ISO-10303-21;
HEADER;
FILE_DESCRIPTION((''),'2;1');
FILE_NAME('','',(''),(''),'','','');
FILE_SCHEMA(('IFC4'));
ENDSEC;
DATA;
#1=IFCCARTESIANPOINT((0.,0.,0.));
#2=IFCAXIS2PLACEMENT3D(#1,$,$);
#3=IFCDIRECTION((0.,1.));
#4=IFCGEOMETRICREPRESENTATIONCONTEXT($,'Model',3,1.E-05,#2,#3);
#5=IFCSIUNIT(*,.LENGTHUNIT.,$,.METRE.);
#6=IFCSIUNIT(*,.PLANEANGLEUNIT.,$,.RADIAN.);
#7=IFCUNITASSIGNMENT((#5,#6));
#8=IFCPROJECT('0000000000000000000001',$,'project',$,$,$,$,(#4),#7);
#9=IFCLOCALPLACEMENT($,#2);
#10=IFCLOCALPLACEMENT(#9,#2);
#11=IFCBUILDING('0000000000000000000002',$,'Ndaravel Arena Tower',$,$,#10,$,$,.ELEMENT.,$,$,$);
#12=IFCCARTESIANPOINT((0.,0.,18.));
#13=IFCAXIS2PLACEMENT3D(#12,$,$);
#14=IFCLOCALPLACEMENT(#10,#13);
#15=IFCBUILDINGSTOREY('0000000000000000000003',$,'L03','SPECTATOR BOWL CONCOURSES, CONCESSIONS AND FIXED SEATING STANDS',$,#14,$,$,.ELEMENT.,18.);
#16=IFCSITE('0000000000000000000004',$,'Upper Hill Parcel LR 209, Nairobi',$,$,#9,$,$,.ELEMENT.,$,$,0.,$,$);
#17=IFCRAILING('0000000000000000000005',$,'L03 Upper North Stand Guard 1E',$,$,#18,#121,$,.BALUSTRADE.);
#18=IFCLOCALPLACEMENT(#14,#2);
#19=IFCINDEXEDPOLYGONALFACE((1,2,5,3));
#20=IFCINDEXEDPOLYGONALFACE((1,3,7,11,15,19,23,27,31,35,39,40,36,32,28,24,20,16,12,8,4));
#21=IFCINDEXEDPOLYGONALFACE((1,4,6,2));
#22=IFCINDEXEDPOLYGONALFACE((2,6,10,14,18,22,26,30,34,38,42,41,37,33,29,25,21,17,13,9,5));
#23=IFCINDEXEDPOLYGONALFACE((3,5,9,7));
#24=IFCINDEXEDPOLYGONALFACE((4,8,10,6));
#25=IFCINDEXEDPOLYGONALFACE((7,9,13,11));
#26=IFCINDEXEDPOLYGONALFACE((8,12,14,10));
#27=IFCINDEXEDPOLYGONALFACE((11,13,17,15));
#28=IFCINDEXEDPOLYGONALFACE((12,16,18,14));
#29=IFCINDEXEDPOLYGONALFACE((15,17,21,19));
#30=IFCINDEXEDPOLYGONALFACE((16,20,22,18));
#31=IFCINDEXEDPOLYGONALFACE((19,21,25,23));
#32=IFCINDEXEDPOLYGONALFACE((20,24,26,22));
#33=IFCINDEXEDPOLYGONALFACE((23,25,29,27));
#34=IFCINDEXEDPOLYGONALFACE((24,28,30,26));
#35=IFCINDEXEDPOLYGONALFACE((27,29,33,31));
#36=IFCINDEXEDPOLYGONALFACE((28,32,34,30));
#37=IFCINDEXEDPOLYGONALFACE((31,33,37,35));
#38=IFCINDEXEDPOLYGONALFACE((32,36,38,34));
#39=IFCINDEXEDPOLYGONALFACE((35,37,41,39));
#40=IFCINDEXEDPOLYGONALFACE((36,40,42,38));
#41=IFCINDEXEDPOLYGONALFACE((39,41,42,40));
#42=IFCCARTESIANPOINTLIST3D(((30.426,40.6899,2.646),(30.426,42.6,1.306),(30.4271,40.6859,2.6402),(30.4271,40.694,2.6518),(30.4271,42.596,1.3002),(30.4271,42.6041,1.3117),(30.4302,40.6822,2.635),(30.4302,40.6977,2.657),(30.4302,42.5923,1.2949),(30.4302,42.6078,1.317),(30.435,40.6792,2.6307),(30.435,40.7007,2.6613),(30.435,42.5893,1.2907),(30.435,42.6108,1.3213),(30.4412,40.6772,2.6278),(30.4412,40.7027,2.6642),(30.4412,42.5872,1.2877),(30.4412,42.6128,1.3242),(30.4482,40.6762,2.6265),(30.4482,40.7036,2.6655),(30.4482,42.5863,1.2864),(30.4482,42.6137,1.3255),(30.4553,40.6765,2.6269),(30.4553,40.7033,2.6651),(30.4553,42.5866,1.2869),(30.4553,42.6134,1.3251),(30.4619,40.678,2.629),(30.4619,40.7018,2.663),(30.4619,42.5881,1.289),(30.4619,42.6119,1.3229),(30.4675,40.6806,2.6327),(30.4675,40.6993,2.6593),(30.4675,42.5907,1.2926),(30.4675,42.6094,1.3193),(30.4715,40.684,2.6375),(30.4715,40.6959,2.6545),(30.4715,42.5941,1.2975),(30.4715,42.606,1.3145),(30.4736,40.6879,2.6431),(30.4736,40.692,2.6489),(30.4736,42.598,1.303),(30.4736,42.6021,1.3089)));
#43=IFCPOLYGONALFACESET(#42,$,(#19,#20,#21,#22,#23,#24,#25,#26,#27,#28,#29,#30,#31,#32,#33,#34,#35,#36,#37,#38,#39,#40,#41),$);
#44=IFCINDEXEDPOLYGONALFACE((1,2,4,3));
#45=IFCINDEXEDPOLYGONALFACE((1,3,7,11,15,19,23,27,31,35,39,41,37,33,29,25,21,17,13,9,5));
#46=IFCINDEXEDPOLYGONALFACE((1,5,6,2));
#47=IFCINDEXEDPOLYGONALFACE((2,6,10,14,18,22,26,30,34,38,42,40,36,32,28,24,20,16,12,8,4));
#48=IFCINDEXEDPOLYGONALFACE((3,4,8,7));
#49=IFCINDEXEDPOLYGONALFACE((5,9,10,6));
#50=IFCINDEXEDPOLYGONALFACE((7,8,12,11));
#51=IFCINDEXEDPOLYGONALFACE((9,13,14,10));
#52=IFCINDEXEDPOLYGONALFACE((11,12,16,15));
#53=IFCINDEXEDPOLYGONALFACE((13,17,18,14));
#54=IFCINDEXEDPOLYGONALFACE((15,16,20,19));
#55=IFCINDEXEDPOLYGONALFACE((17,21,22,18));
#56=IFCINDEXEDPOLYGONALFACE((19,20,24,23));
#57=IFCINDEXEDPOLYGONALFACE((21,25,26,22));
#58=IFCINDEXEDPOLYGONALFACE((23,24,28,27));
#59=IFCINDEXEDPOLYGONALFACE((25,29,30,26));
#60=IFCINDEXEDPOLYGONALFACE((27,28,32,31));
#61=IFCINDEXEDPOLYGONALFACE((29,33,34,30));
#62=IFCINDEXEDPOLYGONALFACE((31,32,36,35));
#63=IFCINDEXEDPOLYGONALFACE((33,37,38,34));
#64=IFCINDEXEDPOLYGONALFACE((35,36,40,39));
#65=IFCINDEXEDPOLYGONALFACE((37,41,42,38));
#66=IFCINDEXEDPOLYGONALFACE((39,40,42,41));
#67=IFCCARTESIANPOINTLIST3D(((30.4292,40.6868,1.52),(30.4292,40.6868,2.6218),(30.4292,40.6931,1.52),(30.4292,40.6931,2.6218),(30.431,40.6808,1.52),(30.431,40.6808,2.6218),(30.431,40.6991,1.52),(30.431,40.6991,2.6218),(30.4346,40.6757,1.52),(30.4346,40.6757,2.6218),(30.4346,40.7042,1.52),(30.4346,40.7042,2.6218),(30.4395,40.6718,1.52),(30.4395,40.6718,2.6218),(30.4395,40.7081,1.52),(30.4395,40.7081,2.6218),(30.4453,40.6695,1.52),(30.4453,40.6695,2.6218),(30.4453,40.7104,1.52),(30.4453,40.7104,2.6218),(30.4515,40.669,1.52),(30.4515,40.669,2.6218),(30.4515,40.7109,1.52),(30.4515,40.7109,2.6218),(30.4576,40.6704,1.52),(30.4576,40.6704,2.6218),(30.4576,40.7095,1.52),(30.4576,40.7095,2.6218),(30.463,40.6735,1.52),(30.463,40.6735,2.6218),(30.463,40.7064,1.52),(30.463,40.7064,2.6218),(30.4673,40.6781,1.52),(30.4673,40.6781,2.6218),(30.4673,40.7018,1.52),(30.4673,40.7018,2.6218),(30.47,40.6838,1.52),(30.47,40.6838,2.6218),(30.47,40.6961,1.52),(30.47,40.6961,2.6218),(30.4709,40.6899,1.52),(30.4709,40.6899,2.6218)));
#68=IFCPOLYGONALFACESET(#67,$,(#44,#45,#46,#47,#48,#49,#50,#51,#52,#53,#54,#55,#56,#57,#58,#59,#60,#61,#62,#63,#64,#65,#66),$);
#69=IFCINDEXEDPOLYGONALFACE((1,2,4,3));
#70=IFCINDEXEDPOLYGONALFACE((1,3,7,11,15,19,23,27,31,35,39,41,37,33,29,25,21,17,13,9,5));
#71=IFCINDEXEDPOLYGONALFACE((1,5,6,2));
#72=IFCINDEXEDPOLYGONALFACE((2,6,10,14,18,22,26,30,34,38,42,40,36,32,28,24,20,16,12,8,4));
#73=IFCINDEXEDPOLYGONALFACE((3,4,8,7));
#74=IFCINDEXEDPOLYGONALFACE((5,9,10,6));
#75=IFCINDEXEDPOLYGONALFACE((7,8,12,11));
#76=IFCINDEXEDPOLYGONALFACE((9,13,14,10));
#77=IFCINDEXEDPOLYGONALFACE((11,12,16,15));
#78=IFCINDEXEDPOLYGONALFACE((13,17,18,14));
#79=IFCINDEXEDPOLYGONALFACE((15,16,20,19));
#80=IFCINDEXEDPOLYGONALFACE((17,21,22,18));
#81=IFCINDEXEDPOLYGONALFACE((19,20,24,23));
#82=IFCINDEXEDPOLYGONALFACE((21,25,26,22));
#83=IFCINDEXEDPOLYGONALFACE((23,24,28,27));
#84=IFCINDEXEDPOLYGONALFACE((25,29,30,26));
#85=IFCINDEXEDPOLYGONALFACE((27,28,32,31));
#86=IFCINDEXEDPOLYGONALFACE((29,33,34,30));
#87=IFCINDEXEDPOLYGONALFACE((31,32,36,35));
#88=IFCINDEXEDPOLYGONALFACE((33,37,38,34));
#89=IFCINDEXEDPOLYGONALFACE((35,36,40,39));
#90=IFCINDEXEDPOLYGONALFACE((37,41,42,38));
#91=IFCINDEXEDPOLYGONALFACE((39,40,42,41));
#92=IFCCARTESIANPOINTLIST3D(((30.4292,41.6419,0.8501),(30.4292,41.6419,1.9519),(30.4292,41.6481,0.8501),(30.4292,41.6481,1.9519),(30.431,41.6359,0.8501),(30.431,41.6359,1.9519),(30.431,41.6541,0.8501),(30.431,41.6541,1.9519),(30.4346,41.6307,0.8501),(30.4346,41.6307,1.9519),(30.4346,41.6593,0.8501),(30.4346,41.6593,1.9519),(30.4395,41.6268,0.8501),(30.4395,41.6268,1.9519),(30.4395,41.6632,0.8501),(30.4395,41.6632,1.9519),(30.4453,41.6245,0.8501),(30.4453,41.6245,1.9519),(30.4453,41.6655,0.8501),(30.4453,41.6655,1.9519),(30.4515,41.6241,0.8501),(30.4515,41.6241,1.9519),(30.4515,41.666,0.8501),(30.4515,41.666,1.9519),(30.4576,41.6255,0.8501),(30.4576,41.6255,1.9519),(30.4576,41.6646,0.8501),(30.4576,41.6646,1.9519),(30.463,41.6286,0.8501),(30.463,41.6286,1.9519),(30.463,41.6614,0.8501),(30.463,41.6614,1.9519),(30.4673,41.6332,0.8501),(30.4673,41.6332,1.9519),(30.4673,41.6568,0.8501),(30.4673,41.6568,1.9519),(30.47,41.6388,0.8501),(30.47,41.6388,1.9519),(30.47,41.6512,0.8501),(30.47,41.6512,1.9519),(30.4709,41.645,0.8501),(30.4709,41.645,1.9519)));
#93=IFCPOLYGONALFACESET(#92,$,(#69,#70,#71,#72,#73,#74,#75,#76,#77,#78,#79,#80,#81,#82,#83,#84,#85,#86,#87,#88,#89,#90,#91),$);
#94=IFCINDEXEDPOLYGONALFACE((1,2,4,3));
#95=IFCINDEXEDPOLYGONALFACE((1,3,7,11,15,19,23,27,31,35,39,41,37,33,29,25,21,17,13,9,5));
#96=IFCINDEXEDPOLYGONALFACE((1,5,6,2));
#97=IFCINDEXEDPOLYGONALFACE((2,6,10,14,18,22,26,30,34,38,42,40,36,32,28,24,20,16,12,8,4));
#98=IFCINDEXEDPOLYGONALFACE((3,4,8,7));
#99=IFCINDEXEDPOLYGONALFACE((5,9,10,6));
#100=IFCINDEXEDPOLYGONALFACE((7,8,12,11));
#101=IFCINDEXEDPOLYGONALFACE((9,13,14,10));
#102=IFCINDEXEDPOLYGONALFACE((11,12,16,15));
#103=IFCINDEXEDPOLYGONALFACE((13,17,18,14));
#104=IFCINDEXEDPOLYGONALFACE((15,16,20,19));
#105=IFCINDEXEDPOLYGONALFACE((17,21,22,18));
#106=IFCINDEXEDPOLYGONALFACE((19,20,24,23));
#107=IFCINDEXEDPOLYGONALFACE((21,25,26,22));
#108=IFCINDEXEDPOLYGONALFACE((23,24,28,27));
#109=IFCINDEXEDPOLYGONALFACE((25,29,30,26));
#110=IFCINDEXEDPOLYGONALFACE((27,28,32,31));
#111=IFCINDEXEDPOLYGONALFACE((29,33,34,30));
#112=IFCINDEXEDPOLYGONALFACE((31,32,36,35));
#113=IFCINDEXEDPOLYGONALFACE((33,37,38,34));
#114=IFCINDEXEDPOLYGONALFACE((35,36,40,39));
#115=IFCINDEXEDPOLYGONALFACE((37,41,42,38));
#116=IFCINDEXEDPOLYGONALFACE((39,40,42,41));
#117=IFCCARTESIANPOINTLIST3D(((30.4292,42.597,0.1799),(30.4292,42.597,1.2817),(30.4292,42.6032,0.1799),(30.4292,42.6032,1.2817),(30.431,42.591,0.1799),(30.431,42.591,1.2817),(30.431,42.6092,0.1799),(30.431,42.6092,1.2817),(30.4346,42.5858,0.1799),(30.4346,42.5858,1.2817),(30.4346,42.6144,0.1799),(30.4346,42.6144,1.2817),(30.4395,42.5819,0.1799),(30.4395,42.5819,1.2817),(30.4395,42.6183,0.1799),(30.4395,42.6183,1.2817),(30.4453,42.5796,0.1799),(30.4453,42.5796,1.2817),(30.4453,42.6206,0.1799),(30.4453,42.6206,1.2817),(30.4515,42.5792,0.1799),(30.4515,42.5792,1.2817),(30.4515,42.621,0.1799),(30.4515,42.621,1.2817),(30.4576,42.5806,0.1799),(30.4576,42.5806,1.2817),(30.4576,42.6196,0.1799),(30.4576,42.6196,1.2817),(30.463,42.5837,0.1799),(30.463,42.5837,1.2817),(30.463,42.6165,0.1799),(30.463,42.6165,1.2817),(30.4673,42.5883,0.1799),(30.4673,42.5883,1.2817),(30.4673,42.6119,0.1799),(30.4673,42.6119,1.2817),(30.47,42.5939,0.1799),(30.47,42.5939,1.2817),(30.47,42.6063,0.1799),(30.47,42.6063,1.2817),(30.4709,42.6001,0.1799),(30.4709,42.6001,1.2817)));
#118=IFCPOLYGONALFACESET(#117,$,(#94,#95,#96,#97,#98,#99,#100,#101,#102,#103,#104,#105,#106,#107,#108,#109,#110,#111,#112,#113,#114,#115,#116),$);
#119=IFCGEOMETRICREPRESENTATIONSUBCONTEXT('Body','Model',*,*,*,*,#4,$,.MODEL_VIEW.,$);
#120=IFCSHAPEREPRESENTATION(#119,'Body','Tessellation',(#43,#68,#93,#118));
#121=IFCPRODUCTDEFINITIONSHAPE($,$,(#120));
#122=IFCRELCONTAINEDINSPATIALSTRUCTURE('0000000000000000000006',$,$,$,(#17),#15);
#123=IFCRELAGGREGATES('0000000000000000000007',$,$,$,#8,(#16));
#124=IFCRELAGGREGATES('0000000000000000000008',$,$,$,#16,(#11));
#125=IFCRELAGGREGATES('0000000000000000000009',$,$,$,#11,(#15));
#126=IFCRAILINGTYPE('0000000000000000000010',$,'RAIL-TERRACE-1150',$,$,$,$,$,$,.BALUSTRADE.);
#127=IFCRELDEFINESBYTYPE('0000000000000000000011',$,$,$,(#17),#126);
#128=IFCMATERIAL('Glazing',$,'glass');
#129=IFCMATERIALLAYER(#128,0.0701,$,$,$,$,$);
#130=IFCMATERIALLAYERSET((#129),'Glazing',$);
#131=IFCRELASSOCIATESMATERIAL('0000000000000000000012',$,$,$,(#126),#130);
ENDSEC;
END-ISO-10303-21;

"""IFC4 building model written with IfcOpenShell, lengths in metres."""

from ifc_helpers import new_model, si_unit, direction, frame, origin, origin_2d, place, context, subcontext, project, spatial, circle, extrude, material, layer, layer_set, type_object, element, save


model = new_model("IFC4")

# Units and contexts
model_context = context("Model", 3, precision=1e-05, world=origin(), true_north=direction((0.0, 1.0)))
body_context = subcontext(model_context, "Body", "Model", "MODEL_VIEW")
ifc_project = project(units=[si_unit("LENGTHUNIT", "METRE"), si_unit("PLANEANGLEUNIT", "RADIAN")], contexts=[model_context])

# Site, building, storey
site_placement = place(None, origin())
site = spatial("IfcSite", under=ifc_project, at=site_placement, Name="Upper Hill Parcel LR 209, Nairobi", CompositionType="ELEMENT", RefElevation=0.0)
building_placement = place(site_placement, origin())
building = spatial("IfcBuilding", under=site, at=building_placement, Name="Ndaravel Arena Tower", CompositionType="ELEMENT")
storey_placement = place(building_placement, frame((0.0, 0.0, 18.0)))
storey = spatial("IfcBuildingStorey", under=building, at=storey_placement, Name="L03", Description="SPECTATOR BOWL CONCOURSES, CONCESSIONS AND FIXED SEATING STANDS", CompositionType="ELEMENT", Elevation=18.0)

# Railing
ifc_material_1 = material(Name="Glazing", Category="glass")
ifc_layer_1 = layer(ifc_material_1, 0.0701)
ifc_layer_set_1 = layer_set([ifc_layer_1], Name="Glazing")
railing_type = type_object("IfcRailingType", Name="RAIL-TERRACE-1150", PredefinedType="BALUSTRADE", material=ifc_layer_set_1)
railing_1_placement = place(storey_placement, frame((30.45, 40.6899, 1.52)))
element("IfcRailing", 1, at=railing_1_placement, inside=storey, type_object=railing_type, Name="L03 Upper North Stand Guard 1E", PredefinedType="BALUSTRADE", context=body_context, shape_type="SweptSolid", body=[
    extrude(circle(Radius=0.0239, at=origin_2d()), frame((0.0, 0.0, 1.126), z_axis=(0.0, 0.818632, -0.574319), x_axis=(-1.0, 0.0, 0.0)), (0.0, 0.0, 1.0), 2.3333),
    extrude(circle(Radius=0.021, at=origin_2d()), origin(), (0.0, 0.0, 1.0), 1.1018),
    extrude(circle(Radius=0.021, at=origin_2d()), frame((0.0, 0.9551, -0.6699)), (0.0, 0.0, 1.0), 1.1018),
    extrude(circle(Radius=0.021, at=origin_2d()), frame((0.0, 1.9102, -1.3401)), (0.0, 0.0, 1.0), 1.1018),
])

save(model, "model.ifc")
